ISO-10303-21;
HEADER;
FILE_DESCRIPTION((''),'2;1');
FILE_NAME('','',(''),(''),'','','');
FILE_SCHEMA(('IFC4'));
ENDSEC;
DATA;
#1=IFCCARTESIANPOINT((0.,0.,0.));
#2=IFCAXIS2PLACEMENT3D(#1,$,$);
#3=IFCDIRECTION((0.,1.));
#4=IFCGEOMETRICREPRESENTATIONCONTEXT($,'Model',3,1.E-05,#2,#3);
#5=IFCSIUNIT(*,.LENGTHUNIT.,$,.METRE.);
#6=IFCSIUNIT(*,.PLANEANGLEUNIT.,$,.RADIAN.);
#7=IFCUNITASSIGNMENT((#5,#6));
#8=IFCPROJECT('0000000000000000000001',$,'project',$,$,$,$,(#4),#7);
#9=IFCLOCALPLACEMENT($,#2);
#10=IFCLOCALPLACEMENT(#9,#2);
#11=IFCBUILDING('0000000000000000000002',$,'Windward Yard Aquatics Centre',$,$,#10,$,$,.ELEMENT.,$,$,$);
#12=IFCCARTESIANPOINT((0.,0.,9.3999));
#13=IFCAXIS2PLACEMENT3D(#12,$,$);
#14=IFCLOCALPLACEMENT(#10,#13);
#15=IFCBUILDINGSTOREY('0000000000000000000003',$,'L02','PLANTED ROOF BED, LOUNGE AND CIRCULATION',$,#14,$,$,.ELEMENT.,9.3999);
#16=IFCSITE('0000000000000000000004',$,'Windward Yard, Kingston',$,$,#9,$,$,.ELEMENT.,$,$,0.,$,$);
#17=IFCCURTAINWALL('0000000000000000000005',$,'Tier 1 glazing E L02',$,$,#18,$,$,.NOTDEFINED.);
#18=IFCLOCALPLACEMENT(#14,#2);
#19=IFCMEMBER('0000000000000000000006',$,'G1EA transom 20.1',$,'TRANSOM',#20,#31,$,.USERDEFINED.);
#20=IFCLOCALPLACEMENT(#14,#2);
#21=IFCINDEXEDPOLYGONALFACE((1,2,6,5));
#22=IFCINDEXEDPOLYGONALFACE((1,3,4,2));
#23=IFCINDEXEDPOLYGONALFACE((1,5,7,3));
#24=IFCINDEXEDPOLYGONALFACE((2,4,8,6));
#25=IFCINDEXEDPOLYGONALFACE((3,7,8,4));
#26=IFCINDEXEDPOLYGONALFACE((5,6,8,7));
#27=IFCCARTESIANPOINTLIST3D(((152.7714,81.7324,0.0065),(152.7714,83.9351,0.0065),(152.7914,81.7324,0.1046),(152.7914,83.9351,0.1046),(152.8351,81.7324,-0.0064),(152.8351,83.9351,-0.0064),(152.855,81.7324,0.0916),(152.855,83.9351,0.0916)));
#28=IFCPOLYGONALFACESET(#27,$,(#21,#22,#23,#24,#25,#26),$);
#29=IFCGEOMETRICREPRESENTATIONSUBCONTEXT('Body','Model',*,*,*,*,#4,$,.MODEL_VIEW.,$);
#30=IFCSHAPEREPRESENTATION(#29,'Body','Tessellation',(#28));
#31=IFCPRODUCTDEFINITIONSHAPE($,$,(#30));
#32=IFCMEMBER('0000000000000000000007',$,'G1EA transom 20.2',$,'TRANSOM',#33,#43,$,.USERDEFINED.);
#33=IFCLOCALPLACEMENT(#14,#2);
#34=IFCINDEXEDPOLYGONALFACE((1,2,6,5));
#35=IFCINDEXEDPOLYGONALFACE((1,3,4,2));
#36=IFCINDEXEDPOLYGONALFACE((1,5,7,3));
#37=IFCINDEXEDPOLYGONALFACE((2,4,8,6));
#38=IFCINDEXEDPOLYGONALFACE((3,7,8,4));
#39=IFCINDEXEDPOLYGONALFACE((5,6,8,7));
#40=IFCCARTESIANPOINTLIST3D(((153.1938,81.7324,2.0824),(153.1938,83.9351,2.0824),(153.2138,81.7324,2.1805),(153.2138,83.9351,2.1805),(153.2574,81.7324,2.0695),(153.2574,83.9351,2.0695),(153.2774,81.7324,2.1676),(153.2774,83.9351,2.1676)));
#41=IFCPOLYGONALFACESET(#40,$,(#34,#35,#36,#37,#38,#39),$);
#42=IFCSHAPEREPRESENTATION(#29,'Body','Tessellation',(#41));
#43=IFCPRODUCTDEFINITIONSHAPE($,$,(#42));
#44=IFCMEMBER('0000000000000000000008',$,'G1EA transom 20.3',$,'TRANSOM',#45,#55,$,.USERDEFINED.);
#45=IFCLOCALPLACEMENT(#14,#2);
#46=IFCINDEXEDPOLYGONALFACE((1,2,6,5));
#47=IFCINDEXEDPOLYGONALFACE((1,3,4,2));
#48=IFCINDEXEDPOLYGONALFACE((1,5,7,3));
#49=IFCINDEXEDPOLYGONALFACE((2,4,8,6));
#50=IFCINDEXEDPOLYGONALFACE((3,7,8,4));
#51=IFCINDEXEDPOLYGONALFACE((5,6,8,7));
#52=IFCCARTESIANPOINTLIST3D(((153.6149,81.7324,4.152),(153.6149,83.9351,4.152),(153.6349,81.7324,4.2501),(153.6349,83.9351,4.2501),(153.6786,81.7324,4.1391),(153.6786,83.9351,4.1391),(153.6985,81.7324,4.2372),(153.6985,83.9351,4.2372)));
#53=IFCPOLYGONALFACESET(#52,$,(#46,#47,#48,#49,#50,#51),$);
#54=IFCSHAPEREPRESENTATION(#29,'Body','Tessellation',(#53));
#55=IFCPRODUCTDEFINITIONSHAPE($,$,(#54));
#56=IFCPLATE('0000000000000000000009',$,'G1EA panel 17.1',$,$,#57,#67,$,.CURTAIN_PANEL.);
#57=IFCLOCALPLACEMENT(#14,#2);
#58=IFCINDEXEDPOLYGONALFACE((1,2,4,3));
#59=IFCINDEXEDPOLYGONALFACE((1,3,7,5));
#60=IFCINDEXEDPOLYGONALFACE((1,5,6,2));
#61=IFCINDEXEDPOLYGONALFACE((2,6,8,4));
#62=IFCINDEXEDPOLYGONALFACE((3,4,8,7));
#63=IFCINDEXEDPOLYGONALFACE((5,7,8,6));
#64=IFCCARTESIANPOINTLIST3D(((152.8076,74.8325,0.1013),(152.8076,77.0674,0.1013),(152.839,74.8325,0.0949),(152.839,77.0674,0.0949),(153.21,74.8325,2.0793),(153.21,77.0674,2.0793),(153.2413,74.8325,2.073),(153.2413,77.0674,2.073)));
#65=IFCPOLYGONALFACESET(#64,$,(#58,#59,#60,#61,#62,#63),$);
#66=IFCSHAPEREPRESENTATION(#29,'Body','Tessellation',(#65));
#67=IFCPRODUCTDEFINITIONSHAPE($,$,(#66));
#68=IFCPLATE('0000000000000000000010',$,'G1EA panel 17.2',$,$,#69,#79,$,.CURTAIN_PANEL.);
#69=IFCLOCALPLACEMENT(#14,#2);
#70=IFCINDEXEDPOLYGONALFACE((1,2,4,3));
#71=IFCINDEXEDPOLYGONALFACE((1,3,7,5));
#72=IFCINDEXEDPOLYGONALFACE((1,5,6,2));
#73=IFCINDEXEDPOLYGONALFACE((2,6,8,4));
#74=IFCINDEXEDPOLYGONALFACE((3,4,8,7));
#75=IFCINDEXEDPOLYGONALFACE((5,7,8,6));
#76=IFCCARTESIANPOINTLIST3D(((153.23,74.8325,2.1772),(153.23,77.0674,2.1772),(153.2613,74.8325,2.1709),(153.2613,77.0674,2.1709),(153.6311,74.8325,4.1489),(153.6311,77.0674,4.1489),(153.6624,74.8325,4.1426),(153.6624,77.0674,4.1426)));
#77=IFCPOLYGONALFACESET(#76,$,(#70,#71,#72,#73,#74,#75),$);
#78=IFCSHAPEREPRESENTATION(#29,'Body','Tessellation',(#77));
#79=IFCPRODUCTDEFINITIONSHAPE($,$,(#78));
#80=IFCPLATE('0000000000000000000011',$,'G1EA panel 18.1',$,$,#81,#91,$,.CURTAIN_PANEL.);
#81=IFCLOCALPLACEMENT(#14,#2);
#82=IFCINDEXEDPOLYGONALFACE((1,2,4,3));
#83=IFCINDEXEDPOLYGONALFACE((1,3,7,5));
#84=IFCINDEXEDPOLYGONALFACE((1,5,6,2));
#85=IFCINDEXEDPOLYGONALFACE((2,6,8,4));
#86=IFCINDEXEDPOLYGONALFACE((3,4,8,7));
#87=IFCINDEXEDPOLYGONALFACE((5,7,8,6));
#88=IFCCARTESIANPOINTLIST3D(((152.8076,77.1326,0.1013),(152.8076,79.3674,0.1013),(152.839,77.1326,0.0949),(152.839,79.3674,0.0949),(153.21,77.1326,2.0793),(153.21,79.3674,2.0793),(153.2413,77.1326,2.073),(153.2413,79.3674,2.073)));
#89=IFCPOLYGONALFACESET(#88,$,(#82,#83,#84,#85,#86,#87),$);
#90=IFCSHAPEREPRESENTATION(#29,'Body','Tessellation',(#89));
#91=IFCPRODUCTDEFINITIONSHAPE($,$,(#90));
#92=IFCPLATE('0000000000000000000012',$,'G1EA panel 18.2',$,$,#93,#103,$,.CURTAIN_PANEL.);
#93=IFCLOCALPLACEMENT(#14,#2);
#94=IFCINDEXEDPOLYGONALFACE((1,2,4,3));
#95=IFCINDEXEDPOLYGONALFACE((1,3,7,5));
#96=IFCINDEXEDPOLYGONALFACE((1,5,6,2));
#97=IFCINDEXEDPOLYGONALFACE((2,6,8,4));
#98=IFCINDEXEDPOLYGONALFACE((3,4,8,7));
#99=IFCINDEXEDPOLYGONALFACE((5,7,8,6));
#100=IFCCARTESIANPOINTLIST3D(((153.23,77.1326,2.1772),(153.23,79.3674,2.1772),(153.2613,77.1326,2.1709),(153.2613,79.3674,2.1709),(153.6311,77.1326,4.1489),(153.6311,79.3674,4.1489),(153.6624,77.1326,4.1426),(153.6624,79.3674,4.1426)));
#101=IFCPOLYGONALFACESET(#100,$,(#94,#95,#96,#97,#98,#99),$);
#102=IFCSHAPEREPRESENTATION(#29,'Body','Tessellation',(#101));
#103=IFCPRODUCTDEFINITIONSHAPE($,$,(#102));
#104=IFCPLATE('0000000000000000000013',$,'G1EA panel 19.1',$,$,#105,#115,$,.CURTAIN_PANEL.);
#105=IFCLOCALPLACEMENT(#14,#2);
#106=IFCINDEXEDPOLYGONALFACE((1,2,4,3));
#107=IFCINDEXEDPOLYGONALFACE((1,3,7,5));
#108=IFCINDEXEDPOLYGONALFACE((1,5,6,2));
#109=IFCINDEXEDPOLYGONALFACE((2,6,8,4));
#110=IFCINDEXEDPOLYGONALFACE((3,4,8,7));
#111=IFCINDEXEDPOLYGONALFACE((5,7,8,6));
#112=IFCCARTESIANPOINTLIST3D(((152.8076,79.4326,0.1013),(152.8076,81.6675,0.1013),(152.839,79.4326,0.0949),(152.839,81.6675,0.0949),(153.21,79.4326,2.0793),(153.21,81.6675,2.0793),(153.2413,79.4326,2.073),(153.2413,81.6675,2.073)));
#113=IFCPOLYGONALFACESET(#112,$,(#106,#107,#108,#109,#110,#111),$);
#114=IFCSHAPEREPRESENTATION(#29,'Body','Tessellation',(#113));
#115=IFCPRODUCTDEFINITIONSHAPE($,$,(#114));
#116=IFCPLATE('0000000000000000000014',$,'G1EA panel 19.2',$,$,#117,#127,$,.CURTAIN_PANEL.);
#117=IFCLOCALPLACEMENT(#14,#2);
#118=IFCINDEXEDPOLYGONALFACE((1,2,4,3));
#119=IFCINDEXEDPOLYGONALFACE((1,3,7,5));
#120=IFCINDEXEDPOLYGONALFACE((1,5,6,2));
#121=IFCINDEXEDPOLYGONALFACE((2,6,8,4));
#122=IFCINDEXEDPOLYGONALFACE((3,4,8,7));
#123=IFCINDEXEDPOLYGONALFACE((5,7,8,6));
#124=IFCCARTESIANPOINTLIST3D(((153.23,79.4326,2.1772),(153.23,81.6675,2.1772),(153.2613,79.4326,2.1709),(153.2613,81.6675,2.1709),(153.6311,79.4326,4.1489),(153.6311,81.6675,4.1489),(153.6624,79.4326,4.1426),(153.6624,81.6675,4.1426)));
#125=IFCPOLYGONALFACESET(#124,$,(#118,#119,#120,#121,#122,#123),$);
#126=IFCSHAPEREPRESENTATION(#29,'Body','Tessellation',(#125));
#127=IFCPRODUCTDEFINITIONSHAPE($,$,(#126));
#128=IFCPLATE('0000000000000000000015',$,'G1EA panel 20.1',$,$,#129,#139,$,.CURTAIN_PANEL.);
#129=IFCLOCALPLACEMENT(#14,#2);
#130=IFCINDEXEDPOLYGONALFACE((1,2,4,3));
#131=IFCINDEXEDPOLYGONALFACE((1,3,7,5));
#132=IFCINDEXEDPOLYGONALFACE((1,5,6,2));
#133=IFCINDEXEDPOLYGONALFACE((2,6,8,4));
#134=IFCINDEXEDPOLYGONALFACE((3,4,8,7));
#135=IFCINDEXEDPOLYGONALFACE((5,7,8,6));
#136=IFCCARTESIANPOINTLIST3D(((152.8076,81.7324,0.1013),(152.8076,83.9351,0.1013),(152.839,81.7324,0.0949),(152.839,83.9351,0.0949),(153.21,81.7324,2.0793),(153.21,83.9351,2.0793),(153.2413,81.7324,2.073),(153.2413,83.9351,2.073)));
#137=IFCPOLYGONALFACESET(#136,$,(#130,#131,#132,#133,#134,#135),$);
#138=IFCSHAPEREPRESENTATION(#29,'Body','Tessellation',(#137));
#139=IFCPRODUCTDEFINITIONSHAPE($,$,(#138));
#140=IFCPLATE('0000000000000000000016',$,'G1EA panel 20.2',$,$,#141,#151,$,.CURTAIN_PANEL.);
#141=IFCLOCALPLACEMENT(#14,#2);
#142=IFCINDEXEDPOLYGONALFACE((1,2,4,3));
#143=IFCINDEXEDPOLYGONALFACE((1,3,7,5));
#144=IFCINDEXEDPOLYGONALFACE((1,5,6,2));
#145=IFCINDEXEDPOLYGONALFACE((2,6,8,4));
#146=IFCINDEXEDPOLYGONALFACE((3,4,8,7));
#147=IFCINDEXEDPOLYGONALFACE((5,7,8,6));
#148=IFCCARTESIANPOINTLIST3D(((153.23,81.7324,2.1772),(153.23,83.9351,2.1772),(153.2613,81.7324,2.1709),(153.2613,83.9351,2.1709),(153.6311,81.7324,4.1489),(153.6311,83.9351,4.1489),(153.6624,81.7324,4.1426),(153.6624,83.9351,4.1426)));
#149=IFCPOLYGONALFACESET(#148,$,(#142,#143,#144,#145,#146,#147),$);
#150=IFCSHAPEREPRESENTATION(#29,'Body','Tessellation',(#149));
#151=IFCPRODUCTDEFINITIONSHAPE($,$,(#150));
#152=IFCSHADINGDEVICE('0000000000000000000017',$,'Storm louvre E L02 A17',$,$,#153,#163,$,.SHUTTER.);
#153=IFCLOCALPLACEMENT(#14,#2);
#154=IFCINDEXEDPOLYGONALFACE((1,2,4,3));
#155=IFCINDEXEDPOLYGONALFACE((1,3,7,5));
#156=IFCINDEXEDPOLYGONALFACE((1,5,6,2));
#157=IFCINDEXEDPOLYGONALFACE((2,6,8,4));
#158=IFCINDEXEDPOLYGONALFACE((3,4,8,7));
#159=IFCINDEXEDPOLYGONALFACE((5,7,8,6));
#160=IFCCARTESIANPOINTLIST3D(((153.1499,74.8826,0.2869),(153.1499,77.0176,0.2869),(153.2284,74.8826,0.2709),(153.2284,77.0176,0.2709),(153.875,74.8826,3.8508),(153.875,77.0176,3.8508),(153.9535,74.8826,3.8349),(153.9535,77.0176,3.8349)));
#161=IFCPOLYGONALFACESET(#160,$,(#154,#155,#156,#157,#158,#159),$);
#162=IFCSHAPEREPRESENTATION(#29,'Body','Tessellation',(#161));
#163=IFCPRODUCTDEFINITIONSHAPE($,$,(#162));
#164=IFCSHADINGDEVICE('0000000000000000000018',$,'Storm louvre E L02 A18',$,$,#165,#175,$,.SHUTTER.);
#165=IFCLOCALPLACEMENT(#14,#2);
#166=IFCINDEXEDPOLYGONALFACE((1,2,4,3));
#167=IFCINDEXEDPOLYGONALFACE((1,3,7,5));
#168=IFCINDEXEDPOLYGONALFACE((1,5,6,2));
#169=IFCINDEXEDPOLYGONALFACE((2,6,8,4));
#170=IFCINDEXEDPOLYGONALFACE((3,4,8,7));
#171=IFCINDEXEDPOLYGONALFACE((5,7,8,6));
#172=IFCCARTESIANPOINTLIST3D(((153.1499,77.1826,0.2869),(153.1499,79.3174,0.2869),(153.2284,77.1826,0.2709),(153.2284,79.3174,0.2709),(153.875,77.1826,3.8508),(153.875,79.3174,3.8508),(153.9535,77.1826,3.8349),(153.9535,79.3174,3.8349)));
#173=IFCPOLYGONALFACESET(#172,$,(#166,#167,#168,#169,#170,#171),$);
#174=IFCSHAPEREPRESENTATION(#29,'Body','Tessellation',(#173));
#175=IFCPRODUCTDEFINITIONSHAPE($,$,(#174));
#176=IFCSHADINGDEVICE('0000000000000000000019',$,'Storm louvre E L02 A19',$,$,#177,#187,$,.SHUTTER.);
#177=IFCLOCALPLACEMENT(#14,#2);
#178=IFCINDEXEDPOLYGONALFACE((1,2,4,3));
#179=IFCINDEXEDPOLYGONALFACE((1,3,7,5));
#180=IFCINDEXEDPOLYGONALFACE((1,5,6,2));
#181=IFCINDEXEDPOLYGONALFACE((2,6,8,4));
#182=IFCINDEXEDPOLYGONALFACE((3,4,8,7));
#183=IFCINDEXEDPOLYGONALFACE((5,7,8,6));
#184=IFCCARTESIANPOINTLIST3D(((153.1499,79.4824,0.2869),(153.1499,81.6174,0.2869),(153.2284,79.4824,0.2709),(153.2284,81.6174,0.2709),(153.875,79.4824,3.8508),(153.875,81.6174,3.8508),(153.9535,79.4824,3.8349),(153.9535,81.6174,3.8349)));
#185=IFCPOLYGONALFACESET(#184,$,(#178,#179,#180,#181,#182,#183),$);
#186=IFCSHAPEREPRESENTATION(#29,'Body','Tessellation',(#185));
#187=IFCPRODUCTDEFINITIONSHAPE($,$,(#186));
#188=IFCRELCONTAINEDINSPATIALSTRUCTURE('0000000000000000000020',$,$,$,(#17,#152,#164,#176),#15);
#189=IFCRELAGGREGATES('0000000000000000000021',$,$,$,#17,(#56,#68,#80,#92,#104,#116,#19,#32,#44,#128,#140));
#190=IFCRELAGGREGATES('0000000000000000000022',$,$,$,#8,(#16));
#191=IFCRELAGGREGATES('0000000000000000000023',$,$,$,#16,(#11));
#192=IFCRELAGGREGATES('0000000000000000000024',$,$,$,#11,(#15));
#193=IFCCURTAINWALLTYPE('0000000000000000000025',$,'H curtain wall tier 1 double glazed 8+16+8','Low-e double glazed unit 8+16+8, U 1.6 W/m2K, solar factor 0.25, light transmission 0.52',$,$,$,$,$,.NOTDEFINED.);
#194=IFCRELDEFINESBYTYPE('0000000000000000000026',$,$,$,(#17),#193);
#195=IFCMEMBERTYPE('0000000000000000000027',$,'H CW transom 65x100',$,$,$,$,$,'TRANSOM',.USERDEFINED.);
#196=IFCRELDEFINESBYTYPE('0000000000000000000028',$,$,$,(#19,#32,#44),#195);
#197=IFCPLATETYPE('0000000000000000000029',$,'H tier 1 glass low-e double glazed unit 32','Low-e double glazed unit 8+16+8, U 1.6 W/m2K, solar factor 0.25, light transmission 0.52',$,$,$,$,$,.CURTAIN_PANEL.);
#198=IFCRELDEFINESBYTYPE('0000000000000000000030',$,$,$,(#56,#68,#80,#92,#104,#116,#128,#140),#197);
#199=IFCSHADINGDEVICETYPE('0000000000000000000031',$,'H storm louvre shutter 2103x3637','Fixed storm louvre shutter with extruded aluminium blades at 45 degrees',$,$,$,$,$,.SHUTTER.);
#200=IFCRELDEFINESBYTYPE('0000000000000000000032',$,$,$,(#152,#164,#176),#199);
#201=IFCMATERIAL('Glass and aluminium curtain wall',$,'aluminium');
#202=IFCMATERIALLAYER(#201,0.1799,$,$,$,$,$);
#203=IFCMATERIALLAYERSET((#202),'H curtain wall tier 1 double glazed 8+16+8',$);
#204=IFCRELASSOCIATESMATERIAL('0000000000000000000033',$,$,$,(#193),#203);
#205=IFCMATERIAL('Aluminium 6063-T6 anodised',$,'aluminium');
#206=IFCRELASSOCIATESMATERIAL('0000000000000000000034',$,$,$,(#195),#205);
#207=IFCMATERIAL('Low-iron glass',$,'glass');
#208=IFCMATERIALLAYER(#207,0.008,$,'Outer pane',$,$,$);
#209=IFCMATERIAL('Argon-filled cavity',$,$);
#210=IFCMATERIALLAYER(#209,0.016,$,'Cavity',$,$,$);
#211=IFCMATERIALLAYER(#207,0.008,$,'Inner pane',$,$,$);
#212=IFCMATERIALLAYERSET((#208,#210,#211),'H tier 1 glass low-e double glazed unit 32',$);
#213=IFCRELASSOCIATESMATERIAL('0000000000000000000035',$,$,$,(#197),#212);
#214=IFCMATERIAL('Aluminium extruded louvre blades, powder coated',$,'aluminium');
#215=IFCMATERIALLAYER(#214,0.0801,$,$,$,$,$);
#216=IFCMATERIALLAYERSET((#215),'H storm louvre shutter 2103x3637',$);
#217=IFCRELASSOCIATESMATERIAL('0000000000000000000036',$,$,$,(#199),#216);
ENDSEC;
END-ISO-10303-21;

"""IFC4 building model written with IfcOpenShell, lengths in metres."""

from ifc_helpers import new_model, si_unit, direction, frame, origin, origin_2d, place, context, subcontext, project, spatial, polyline, rectangle, outline, extrude, material, layer, layer_set, material_profile, profile_set, type_object, element, aggregate, save


model = new_model("IFC4")

# Units and contexts
model_context = context("Model", 3, precision=1e-05, world=origin(), true_north=direction((0.0, 1.0)))
body_context = subcontext(model_context, "Body", "Model", "MODEL_VIEW")
ifc_project = project(units=[si_unit("LENGTHUNIT", "METRE"), si_unit("PLANEANGLEUNIT", "RADIAN")], contexts=[model_context])

# Site, building, storey
site_placement = place(None, origin())
site = spatial("IfcSite", under=ifc_project, at=site_placement, Name="Windward Yard, Kingston", CompositionType="ELEMENT", RefElevation=0.0)
building_placement = place(site_placement, origin())
building = spatial("IfcBuilding", under=site, at=building_placement, Name="Windward Yard Aquatics Centre", CompositionType="ELEMENT")
storey_placement = place(building_placement, frame((0.0, 0.0, 9.3999)))
storey = spatial("IfcBuildingStorey", under=building, at=storey_placement, Name="L02", Description="PLANTED ROOF BED, LOUNGE AND CIRCULATION", CompositionType="ELEMENT", Elevation=9.3999)

# Curtain wall, members, plates
ifc_material_1 = material(Name="Glass and aluminium curtain wall", Category="aluminium")
ifc_layer_1 = layer(ifc_material_1, 0.1799)
ifc_layer_set_1 = layer_set([ifc_layer_1], Name="H curtain wall tier 1 double glazed 8+16+8")
curtain_wall_type_1 = type_object("IfcCurtainWallType", Name="H curtain wall tier 1 double glazed 8+16+8", Description="Low-e double glazed unit 8+16+8, U 1.6 W/m2K, solar factor 0.25, light transmission 0.52", PredefinedType="NOTDEFINED", material=ifc_layer_set_1)
curtain_wall_1_placement = place(storey_placement, origin())
curtain_wall_1 = element("IfcCurtainWall", 1, at=curtain_wall_1_placement, inside=storey, type_object=curtain_wall_type_1, Name="Tier 1 glazing E L02", PredefinedType="NOTDEFINED")
ifc_material_2 = material(Name="Aluminium 6063-T6 anodised", Category="aluminium")
ifc_material_profile_1 = material_profile(ifc_material_2, rectangle(XDim=0.0649, YDim=0.1001, at=origin_2d()), Name="H CW transom 65x100")
ifc_profile_set_1 = profile_set([ifc_material_profile_1], Name="Aluminium 6063-T6 anodised")
member_type_1 = type_object("IfcMemberType", Name="H CW transom 65x100", ElementType="TRANSOM", PredefinedType="USERDEFINED", material=ifc_profile_set_1)
member_1_placement = place(storey_placement, frame((152.8132, 81.7324, 0.0491), z_axis=(0.0, 1.0, 0.0), x_axis=(-0.979925, 0.0, 0.199368)))
member_1 = element("IfcMember", 2, at=member_1_placement, type_object=member_type_1, Name="G1EA transom 20.1", ObjectType="TRANSOM", PredefinedType="USERDEFINED", context=body_context, shape_type="SweptSolid", body=[
    extrude(rectangle(XDim=0.0649, YDim=0.1001, at=origin_2d()), origin(), (0.0, 0.0, 1.0), 2.2026),
])
member_2_placement = place(storey_placement, frame((153.2356, 81.7324, 2.125), z_axis=(0.0, 1.0, 0.0), x_axis=(-0.979925, 0.0, 0.199368)))
member_2 = element("IfcMember", 3, at=member_2_placement, type_object=member_type_1, Name="G1EA transom 20.2", ObjectType="TRANSOM", PredefinedType="USERDEFINED", context=body_context, shape_type="SweptSolid", body=[
    extrude(rectangle(XDim=0.0649, YDim=0.1001, at=origin_2d()), origin(), (0.0, 0.0, 1.0), 2.2026),
])
member_3_placement = place(storey_placement, frame((153.6567, 81.7324, 4.1946), z_axis=(0.0, 1.0, 0.0), x_axis=(-0.979925, 0.0, 0.199368)))
member_3 = element("IfcMember", 4, at=member_3_placement, type_object=member_type_1, Name="G1EA transom 20.3", ObjectType="TRANSOM", PredefinedType="USERDEFINED", context=body_context, shape_type="SweptSolid", body=[
    extrude(rectangle(XDim=0.0649, YDim=0.1001, at=origin_2d()), origin(), (0.0, 0.0, 1.0), 2.2026),
])
ifc_material_3 = material(Name="Low-iron glass", Category="glass")
ifc_layer_2 = layer(ifc_material_3, 0.008, Name="Outer pane")
ifc_material_4 = material(Name="Argon-filled cavity")
ifc_layer_3 = layer(ifc_material_4, 0.016, Name="Cavity")
ifc_layer_4 = layer(ifc_material_3, 0.008, Name="Inner pane")
ifc_layer_set_2 = layer_set([ifc_layer_2, ifc_layer_3, ifc_layer_4], Name="H tier 1 glass low-e double glazed unit 32")
plate_type = type_object("IfcPlateType", Name="H tier 1 glass low-e double glazed unit 32", Description="Low-e double glazed unit 8+16+8, U 1.6 W/m2K, solar factor 0.25, light transmission 0.52", PredefinedType="CURTAIN_PANEL", material=ifc_layer_set_2)
plate_1_placement = place(storey_placement, frame((152.8076, 74.8325, 0.1013), z_axis=(-0.979933, 0.0, 0.199325), x_axis=(0.0, 1.0, 0.0)))
plate_1 = element("IfcPlate", 5, at=plate_1_placement, type_object=plate_type, Name="G1EA panel 17.1", PredefinedType="CURTAIN_PANEL", context=body_context, shape_type="SweptSolid", body=[
    extrude(outline(polyline([(0.0, 0.0), (2.2349, 0.0), (2.2349, -2.0185), (0.0, -2.0185), (0.0, 0.0)])), origin(), (0.0, 0.0, -1.0), 0.032),
])
plate_2_placement = place(storey_placement, frame((153.23, 74.8325, 2.1772), z_axis=(-0.979927, 0.0, 0.199359), x_axis=(0.0, 1.0, 0.0)))
plate_2 = element("IfcPlate", 6, at=plate_2_placement, type_object=plate_type, Name="G1EA panel 17.2", PredefinedType="CURTAIN_PANEL", context=body_context, shape_type="SweptSolid", body=[
    extrude(outline(polyline([(0.0, 0.0), (2.2349, 0.0), (2.2349, -2.0121), (0.0, -2.0121), (0.0, 0.0)])), origin(), (0.0, 0.0, -1.0), 0.032),
])
plate_3_placement = place(storey_placement, frame((152.8076, 77.1326, 0.1013), z_axis=(-0.979933, 0.0, 0.199325), x_axis=(0.0, 1.0, 0.0)))
plate_3 = element("IfcPlate", 7, at=plate_3_placement, type_object=plate_type, Name="G1EA panel 18.1", PredefinedType="CURTAIN_PANEL", context=body_context, shape_type="SweptSolid", body=[
    extrude(outline(polyline([(0.0, 0.0), (2.2349, 0.0), (2.2349, -2.0185), (0.0, -2.0185), (0.0, 0.0)])), origin(), (0.0, 0.0, -1.0), 0.032),
])
plate_4_placement = place(storey_placement, frame((153.23, 77.1326, 2.1772), z_axis=(-0.979927, 0.0, 0.199359), x_axis=(0.0, 1.0, 0.0)))
plate_4 = element("IfcPlate", 8, at=plate_4_placement, type_object=plate_type, Name="G1EA panel 18.2", PredefinedType="CURTAIN_PANEL", context=body_context, shape_type="SweptSolid", body=[
    extrude(outline(polyline([(0.0, 0.0), (2.2349, 0.0), (2.2349, -2.0121), (0.0, -2.0121), (0.0, 0.0)])), origin(), (0.0, 0.0, -1.0), 0.032),
])
plate_5_placement = place(storey_placement, frame((152.8076, 79.4326, 0.1013), z_axis=(-0.979933, 0.0, 0.199325), x_axis=(0.0, 1.0, 0.0)))
plate_5 = element("IfcPlate", 9, at=plate_5_placement, type_object=plate_type, Name="G1EA panel 19.1", PredefinedType="CURTAIN_PANEL", context=body_context, shape_type="SweptSolid", body=[
    extrude(outline(polyline([(0.0, 0.0), (2.2349, 0.0), (2.2349, -2.0185), (0.0, -2.0185), (0.0, 0.0)])), origin(), (0.0, 0.0, -1.0), 0.032),
])
plate_6_placement = place(storey_placement, frame((153.23, 79.4326, 2.1772), z_axis=(-0.979927, 0.0, 0.199359), x_axis=(0.0, 1.0, 0.0)))
plate_6 = element("IfcPlate", 10, at=plate_6_placement, type_object=plate_type, Name="G1EA panel 19.2", PredefinedType="CURTAIN_PANEL", context=body_context, shape_type="SweptSolid", body=[
    extrude(outline(polyline([(0.0, 0.0), (2.2349, 0.0), (2.2349, -2.0121), (0.0, -2.0121), (0.0, 0.0)])), origin(), (0.0, 0.0, -1.0), 0.032),
])
plate_7_placement = place(storey_placement, frame((152.8076, 81.7324, 0.1013), z_axis=(-0.979933, 0.0, 0.199325), x_axis=(0.0, 1.0, 0.0)))
plate_7 = element("IfcPlate", 11, at=plate_7_placement, type_object=plate_type, Name="G1EA panel 20.1", PredefinedType="CURTAIN_PANEL", context=body_context, shape_type="SweptSolid", body=[
    extrude(outline(polyline([(0.0, 0.0), (2.2026, 0.0), (2.2026, -2.0185), (0.0, -2.0185), (0.0, 0.0)])), origin(), (0.0, 0.0, -1.0), 0.032),
])
plate_8_placement = place(storey_placement, frame((153.23, 81.7324, 2.1772), z_axis=(-0.979927, 0.0, 0.199359), x_axis=(0.0, 1.0, 0.0)))
plate_8 = element("IfcPlate", 12, at=plate_8_placement, type_object=plate_type, Name="G1EA panel 20.2", PredefinedType="CURTAIN_PANEL", context=body_context, shape_type="SweptSolid", body=[
    extrude(outline(polyline([(0.0, 0.0), (2.2026, 0.0), (2.2026, -2.0121), (0.0, -2.0121), (0.0, 0.0)])), origin(), (0.0, 0.0, -1.0), 0.032),
])
aggregate(curtain_wall_1, [plate_1, plate_2, plate_3, plate_4, plate_5, plate_6, member_1, member_2, member_3, plate_7, plate_8])

# Shading devices
ifc_material_5 = material(Name="Aluminium extruded louvre blades, powder coated", Category="aluminium")
ifc_layer_5 = layer(ifc_material_5, 0.0801)
ifc_layer_set_3 = layer_set([ifc_layer_5], Name="H storm louvre shutter 2103x3637")
shading_device_type = type_object("IfcShadingDeviceType", Name="H storm louvre shutter 2103x3637", Description="Fixed storm louvre shutter with extruded aluminium blades at 45 degrees", PredefinedType="SHUTTER", material=ifc_layer_set_3)
shading_device_1_placement = place(storey_placement, frame((153.1499, 74.8826, 0.2869), z_axis=(-0.979925, 0.0, 0.199368), x_axis=(0.0, 1.0, 0.0)))
element("IfcShadingDevice", 13, at=shading_device_1_placement, inside=storey, type_object=shading_device_type, Name="Storm louvre E L02 A17", PredefinedType="SHUTTER", context=body_context, shape_type="SweptSolid", body=[
    extrude(outline(polyline([(0.0, 0.0), (2.135, 0.0), (2.135, -3.637), (0.0, -3.637), (0.0, 0.0)])), origin(), (0.0, 0.0, -1.0), 0.0801),
])
shading_device_2_placement = place(storey_placement, frame((153.1499, 77.1826, 0.2869), z_axis=(-0.979925, 0.0, 0.199368), x_axis=(0.0, 1.0, 0.0)))
element("IfcShadingDevice", 14, at=shading_device_2_placement, inside=storey, type_object=shading_device_type, Name="Storm louvre E L02 A18", PredefinedType="SHUTTER", context=body_context, shape_type="SweptSolid", body=[
    extrude(outline(polyline([(0.0, 0.0), (2.1348, 0.0), (2.1348, -3.637), (0.0, -3.637), (0.0, 0.0)])), origin(), (0.0, 0.0, -1.0), 0.0801),
])
shading_device_3_placement = place(storey_placement, frame((153.1499, 79.4824, 0.2869), z_axis=(-0.979925, 0.0, 0.199368), x_axis=(0.0, 1.0, 0.0)))
element("IfcShadingDevice", 15, at=shading_device_3_placement, inside=storey, type_object=shading_device_type, Name="Storm louvre E L02 A19", PredefinedType="SHUTTER", context=body_context, shape_type="SweptSolid", body=[
    extrude(outline(polyline([(0.0, 0.0), (2.135, 0.0), (2.135, -3.637), (0.0, -3.637), (0.0, 0.0)])), origin(), (0.0, 0.0, -1.0), 0.0801),
])

save(model, "model.ifc")
